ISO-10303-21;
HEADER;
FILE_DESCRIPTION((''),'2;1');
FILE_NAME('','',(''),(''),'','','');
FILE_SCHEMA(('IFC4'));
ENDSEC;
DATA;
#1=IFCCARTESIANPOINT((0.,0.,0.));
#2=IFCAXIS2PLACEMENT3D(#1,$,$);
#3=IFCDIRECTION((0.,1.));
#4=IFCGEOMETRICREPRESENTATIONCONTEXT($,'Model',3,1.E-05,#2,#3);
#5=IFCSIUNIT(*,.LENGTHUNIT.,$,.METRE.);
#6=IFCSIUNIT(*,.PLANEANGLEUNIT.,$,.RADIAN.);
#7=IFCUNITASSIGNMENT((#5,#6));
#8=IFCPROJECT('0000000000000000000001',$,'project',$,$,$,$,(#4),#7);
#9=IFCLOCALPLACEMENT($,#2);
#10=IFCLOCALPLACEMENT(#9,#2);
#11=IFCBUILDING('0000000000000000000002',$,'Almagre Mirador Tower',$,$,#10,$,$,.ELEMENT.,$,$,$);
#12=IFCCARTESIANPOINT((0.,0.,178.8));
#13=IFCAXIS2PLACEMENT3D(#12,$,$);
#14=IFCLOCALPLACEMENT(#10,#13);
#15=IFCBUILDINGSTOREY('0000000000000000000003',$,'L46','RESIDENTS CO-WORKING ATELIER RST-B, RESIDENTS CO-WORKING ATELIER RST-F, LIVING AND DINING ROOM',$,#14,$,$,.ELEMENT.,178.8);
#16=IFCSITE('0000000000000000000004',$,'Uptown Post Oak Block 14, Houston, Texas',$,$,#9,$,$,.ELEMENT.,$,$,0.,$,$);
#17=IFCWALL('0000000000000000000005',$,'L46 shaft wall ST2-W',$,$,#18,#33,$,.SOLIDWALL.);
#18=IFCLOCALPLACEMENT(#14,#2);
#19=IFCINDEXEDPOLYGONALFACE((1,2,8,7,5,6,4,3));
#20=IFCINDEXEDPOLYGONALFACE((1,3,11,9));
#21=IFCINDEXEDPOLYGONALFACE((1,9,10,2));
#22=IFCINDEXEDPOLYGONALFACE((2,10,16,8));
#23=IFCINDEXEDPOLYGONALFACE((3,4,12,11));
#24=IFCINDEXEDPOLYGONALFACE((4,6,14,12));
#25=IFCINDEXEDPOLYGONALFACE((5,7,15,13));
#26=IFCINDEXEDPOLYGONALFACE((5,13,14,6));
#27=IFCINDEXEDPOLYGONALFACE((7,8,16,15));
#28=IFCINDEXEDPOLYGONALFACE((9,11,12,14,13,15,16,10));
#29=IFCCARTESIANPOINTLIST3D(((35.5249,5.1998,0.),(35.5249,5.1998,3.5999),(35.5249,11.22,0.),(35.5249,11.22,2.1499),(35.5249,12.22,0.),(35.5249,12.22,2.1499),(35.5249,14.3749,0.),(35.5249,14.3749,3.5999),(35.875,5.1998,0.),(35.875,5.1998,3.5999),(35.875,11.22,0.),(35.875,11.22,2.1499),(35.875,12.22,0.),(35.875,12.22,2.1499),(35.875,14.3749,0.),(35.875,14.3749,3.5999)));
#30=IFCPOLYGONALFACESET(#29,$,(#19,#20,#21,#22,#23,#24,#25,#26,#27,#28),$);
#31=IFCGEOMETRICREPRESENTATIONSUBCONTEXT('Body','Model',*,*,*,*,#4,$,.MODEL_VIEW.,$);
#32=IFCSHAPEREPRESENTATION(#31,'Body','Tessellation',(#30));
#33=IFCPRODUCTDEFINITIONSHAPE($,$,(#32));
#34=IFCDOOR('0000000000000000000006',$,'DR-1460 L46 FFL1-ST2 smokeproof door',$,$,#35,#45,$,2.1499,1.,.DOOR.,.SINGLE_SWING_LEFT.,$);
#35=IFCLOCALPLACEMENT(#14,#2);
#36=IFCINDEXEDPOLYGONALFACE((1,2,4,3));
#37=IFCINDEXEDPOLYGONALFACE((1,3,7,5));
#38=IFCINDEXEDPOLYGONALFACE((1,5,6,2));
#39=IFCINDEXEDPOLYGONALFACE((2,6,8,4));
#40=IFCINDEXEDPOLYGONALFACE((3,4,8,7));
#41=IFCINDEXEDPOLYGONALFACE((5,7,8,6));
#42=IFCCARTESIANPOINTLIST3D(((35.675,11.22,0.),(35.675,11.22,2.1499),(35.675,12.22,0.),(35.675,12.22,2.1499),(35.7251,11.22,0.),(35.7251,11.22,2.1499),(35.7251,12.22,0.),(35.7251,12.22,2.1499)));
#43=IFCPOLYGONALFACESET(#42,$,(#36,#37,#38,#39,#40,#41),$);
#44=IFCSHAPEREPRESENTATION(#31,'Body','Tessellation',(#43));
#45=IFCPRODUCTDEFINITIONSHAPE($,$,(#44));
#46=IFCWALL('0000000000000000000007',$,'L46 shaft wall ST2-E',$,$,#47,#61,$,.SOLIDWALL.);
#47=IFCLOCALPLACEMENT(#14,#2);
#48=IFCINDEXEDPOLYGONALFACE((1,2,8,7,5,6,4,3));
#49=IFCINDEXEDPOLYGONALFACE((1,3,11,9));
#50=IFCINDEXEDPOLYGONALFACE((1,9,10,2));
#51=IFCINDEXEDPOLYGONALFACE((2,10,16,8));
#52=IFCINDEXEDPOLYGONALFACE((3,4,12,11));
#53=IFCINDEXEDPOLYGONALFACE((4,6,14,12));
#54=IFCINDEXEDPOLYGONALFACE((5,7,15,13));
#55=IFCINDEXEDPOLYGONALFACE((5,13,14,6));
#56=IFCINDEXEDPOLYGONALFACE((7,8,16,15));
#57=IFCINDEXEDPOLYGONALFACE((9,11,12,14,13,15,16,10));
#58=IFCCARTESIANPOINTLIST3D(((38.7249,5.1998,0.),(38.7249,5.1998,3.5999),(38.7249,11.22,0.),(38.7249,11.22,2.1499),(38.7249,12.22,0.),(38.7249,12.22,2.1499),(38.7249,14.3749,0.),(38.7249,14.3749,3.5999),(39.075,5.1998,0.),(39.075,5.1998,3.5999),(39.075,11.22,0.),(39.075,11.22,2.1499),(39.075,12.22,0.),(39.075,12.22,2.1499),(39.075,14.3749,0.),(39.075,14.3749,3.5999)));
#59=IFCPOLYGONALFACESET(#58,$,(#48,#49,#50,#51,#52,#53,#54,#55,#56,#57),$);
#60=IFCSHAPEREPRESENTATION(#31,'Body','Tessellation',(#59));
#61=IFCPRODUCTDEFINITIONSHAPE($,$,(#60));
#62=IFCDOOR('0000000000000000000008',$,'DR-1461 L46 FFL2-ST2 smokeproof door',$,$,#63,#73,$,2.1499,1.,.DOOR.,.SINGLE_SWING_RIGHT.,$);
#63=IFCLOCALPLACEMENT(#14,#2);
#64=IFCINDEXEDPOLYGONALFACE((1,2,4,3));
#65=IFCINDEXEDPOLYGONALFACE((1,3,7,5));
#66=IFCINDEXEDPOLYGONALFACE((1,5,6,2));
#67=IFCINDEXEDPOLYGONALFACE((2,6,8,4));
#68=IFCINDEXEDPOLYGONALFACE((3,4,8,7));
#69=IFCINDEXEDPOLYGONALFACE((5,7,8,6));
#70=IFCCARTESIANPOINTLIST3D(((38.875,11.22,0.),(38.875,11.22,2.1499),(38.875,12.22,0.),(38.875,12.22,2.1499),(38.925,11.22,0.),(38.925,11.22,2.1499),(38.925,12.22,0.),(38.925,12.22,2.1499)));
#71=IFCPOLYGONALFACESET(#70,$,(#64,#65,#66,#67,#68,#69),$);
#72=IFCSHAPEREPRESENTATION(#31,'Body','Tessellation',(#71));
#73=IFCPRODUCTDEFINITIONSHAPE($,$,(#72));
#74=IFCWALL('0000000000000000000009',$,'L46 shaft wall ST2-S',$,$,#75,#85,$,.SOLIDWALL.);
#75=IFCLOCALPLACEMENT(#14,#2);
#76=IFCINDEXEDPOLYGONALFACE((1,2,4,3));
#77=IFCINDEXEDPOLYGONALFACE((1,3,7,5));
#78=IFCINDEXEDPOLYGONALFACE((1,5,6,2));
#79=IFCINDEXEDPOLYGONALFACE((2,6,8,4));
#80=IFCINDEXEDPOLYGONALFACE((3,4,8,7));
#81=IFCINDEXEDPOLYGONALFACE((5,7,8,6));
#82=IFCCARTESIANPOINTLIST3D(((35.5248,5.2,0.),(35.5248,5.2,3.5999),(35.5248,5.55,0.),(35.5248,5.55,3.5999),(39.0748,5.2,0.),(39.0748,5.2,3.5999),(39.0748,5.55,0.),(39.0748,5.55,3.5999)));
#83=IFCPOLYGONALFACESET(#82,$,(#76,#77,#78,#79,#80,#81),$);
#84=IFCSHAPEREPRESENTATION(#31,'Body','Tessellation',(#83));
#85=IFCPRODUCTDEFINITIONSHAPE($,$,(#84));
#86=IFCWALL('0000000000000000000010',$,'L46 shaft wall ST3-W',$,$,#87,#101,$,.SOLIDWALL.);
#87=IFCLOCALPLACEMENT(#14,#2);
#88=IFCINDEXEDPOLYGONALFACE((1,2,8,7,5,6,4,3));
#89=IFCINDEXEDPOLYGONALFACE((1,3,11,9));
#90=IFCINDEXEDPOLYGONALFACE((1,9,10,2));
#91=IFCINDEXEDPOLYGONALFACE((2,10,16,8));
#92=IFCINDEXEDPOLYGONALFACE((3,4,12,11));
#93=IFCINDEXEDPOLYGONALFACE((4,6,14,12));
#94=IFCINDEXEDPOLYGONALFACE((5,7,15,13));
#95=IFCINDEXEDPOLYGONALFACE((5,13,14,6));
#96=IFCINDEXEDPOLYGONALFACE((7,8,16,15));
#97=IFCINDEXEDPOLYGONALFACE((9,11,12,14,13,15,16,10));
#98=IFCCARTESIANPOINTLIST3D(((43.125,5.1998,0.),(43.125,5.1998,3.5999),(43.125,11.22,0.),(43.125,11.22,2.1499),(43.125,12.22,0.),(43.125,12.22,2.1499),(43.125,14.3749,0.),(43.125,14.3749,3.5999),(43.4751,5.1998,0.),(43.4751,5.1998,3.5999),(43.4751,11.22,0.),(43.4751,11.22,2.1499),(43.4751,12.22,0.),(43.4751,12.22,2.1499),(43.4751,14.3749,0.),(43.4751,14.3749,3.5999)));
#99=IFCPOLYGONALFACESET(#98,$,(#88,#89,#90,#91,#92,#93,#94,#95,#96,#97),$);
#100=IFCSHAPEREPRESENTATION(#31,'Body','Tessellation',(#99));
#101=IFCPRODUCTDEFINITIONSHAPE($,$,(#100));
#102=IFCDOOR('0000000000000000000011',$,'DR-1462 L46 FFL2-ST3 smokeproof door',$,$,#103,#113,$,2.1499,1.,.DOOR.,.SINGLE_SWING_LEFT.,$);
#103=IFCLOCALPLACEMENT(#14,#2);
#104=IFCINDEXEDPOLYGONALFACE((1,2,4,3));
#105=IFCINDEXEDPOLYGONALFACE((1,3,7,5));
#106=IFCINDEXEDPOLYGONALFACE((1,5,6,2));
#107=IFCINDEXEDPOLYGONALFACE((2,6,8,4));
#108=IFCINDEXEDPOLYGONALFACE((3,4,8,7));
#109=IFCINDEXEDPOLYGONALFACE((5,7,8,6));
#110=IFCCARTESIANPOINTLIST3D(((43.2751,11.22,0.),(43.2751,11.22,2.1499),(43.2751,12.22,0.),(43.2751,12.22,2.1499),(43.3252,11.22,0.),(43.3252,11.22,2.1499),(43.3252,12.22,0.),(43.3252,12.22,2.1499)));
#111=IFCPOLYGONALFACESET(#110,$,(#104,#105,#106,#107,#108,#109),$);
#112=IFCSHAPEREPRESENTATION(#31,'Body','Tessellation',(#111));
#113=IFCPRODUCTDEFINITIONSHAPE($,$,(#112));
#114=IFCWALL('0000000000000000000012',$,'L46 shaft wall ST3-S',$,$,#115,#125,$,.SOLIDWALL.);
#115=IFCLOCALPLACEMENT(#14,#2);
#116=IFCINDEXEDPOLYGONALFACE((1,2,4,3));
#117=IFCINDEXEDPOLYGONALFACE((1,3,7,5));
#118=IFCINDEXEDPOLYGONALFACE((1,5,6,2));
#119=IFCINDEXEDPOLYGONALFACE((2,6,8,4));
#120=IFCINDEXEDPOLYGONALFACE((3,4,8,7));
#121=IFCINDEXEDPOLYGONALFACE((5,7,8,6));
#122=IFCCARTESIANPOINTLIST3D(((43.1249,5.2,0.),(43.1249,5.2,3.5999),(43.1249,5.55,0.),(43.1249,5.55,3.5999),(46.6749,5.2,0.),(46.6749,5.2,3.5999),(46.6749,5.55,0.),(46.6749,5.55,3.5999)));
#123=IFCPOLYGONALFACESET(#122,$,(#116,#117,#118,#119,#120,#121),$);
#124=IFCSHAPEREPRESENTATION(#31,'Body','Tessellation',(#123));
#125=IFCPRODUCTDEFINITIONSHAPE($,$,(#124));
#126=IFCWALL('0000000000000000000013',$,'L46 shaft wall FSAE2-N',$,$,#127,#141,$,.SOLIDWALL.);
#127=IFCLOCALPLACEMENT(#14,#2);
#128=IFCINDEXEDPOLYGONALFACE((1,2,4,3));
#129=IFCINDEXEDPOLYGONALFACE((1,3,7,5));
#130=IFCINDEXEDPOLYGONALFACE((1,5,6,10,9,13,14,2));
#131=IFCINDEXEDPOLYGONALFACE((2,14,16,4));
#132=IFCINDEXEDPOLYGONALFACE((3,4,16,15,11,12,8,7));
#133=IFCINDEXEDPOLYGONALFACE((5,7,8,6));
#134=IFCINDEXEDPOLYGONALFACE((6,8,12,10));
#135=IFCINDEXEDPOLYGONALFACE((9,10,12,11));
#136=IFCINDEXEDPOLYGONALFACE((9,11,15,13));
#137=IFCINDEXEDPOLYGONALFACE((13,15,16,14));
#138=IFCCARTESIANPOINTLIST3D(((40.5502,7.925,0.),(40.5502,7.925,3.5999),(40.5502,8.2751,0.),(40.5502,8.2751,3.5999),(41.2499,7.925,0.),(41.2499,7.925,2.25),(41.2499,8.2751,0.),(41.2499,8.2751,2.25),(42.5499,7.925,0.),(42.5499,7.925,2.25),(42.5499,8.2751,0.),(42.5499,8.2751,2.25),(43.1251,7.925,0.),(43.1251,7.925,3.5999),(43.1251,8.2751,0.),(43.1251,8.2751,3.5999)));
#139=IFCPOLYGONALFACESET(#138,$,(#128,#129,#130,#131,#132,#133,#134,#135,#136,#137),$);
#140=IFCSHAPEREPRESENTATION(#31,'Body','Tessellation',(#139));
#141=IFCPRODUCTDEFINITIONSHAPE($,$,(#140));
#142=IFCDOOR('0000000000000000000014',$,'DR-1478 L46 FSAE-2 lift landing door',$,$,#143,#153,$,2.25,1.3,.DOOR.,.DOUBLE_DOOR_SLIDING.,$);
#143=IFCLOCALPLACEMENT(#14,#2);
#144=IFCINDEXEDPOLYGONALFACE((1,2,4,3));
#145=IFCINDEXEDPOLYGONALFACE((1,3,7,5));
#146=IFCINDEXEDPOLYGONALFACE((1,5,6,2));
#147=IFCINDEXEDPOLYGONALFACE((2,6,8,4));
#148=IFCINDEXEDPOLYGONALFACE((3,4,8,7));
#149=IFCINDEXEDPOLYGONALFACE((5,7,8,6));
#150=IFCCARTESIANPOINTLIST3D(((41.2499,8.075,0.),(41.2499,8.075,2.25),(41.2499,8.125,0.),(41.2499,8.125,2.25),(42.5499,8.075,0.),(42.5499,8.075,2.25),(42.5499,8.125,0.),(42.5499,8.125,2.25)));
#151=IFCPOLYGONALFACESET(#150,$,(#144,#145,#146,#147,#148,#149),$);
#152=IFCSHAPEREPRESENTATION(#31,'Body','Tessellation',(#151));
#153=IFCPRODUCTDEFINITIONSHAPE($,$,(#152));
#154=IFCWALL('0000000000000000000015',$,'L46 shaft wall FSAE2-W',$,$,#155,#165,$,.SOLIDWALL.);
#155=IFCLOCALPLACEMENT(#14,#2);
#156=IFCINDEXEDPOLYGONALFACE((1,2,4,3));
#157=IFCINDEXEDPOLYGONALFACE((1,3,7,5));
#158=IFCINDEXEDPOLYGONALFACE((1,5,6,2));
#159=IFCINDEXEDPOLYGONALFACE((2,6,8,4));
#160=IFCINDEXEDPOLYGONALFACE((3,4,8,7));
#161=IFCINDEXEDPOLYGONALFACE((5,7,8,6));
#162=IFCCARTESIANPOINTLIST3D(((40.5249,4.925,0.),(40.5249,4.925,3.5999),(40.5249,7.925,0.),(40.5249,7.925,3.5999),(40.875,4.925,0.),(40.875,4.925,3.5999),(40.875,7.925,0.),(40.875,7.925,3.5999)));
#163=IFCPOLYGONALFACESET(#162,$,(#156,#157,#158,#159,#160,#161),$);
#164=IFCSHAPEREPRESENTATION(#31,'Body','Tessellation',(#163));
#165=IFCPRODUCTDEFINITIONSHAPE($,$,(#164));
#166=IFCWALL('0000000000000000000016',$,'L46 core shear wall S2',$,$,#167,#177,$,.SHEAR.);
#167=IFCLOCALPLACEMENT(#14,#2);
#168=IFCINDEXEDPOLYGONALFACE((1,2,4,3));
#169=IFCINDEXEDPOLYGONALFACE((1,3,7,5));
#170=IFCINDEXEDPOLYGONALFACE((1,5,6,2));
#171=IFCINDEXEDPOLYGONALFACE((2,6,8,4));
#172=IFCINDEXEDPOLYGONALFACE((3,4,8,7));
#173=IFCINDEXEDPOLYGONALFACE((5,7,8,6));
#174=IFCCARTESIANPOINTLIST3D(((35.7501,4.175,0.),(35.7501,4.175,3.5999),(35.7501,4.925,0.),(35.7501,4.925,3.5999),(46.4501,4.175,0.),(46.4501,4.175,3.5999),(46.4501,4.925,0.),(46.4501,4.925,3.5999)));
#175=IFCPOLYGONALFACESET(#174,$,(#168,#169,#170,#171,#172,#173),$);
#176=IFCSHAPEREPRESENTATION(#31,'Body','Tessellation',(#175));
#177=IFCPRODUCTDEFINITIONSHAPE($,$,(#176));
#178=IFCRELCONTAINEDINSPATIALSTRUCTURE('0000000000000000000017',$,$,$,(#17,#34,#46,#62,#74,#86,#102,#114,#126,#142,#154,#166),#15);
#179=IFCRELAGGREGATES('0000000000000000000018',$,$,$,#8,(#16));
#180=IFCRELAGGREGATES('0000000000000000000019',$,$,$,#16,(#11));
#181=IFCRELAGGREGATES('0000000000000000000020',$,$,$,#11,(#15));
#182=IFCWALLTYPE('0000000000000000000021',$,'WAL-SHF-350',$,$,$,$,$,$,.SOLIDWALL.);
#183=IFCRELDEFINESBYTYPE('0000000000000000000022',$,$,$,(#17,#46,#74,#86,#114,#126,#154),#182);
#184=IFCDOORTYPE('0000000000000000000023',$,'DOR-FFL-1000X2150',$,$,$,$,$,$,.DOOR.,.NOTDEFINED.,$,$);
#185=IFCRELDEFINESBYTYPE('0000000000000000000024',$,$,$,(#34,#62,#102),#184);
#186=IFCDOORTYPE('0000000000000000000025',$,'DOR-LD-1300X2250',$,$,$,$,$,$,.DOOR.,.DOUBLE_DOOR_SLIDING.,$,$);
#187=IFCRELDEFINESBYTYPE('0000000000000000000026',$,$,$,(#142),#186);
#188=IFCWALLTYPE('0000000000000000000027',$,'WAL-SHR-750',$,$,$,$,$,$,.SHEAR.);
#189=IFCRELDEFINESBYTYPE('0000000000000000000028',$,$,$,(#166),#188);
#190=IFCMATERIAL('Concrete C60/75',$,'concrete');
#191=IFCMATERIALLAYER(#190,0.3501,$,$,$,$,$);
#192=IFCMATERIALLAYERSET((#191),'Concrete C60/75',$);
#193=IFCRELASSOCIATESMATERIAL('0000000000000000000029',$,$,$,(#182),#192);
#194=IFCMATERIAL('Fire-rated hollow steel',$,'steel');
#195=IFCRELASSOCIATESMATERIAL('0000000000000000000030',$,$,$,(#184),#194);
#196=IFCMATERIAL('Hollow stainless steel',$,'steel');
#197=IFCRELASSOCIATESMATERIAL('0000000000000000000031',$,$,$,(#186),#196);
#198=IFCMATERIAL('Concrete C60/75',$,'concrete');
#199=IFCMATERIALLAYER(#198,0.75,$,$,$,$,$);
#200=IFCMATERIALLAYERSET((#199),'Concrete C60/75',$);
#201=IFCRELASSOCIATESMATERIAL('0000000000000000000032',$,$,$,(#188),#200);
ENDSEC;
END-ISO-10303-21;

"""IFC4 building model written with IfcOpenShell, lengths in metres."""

from ifc_helpers import new_model, si_unit, direction, frame, frame_2d, origin, place, context, subcontext, project, spatial, rectangle, extrude, material, layer, layer_set, type_object, element, fill, save


model = new_model("IFC4")

# Units and contexts
model_context = context("Model", 3, precision=1e-05, world=origin(), true_north=direction((0.0, 1.0)))
body_context = subcontext(model_context, "Body", "Model", "MODEL_VIEW")
ifc_project = project(units=[si_unit("LENGTHUNIT", "METRE"), si_unit("PLANEANGLEUNIT", "RADIAN")], contexts=[model_context])

# Site, building, storey
site_placement = place(None, origin())
site = spatial("IfcSite", under=ifc_project, at=site_placement, Name="Uptown Post Oak Block 14, Houston, Texas", CompositionType="ELEMENT", RefElevation=0.0)
building_placement = place(site_placement, origin())
building = spatial("IfcBuilding", under=site, at=building_placement, Name="Almagre Mirador Tower", CompositionType="ELEMENT")
storey_placement = place(building_placement, frame((0.0, 0.0, 178.8)))
storey = spatial("IfcBuildingStorey", under=building, at=storey_placement, Name="L46", Description="RESIDENTS CO-WORKING ATELIER RST-B, RESIDENTS CO-WORKING ATELIER RST-F, LIVING AND DINING ROOM", CompositionType="ELEMENT", Elevation=178.8)

# Walls, openings, doors
ifc_material_1 = material(Name="Concrete C60/75", Category="concrete")
ifc_layer_1 = layer(ifc_material_1, 0.3501)
ifc_layer_set_1 = layer_set([ifc_layer_1], Name="Concrete C60/75")
wall_type_1 = type_object("IfcWallType", Name="WAL-SHF-350", PredefinedType="SOLIDWALL", material=ifc_layer_set_1)
wall_1_placement = place(storey_placement, frame((35.7, 5.2, 0.0), z_axis=(0.0, 0.0, 1.0), x_axis=(0.0, 1.0, 0.0)))
wall_1 = element("IfcWall", 1, at=wall_1_placement, inside=storey, type_object=wall_type_1, Name="L46 shaft wall ST2-W", PredefinedType="SOLIDWALL", context=body_context, shape_type="SweptSolid", body=[
    extrude(rectangle(XDim=9.175, YDim=0.3501, at=frame_2d((4.5874, 0.0))), origin(), (0.0, 0.0, 1.0), 3.5999),
])
opening_1_placement = place(wall_1_placement, frame((6.02, 0.0, 0.0)))
opening_1 = element("IfcOpeningElement", 2, at=opening_1_placement, cuts=wall_1, PredefinedType="OPENING", context=body_context, shape_type="SweptSolid", body=[
    extrude(rectangle(XDim=1.0, YDim=2.1499, at=frame_2d((0.5, 1.075))), frame((0.0, 0.185, 0.0), z_axis=(0.0, -1.0, 0.0), x_axis=(1.0, 0.0, 0.0)), (0.0, 0.0, 1.0), 0.3701),
])
ifc_material_2 = material(Name="Fire-rated hollow steel", Category="steel")
door_type_1 = type_object("IfcDoorType", Name="DOR-FFL-1000X2150", OperationType="NOTDEFINED", PredefinedType="DOOR", material=ifc_material_2)
door_1_placement = place(opening_1_placement, origin())
door_1 = element("IfcDoor", 3, at=door_1_placement, inside=storey, type_object=door_type_1, Name="DR-1460 L46 FFL1-ST2 smokeproof door", OperationType="SINGLE_SWING_LEFT", OverallHeight=2.1499, OverallWidth=1.0, PredefinedType="DOOR", context=body_context, shape_type="SweptSolid", body=[
    extrude(rectangle(XDim=1.0, YDim=2.1499, at=frame_2d((0.5, 1.075))), frame((0.0, 0.0249, 0.0), z_axis=(0.0, -1.0, 0.0), x_axis=(1.0, 0.0, 0.0)), (0.0, 0.0, 1.0), 0.05),
])
fill(opening_1, door_1)
wall_2_placement = place(storey_placement, frame((38.8999, 5.2, 0.0), z_axis=(0.0, 0.0, 1.0), x_axis=(0.0, 1.0, 0.0)))
wall_2 = element("IfcWall", 4, at=wall_2_placement, inside=storey, type_object=wall_type_1, Name="L46 shaft wall ST2-E", PredefinedType="SOLIDWALL", context=body_context, shape_type="SweptSolid", body=[
    extrude(rectangle(XDim=9.175, YDim=0.3501, at=frame_2d((4.5874, 0.0))), origin(), (0.0, 0.0, 1.0), 3.5999),
])
opening_2_placement = place(wall_2_placement, frame((6.02, 0.0, 0.0)))
opening_2 = element("IfcOpeningElement", 5, at=opening_2_placement, cuts=wall_2, PredefinedType="OPENING", context=body_context, shape_type="SweptSolid", body=[
    extrude(rectangle(XDim=1.0, YDim=2.1499, at=frame_2d((0.5, 1.075))), frame((0.0, 0.185, 0.0), z_axis=(0.0, -1.0, 0.0), x_axis=(1.0, 0.0, 0.0)), (0.0, 0.0, 1.0), 0.3701),
])
door_2_placement = place(opening_2_placement, origin())
door_2 = element("IfcDoor", 6, at=door_2_placement, inside=storey, type_object=door_type_1, Name="DR-1461 L46 FFL2-ST2 smokeproof door", OperationType="SINGLE_SWING_RIGHT", OverallHeight=2.1499, OverallWidth=1.0, PredefinedType="DOOR", context=body_context, shape_type="SweptSolid", body=[
    extrude(rectangle(XDim=1.0, YDim=2.1499, at=frame_2d((0.5, 1.075))), frame((0.0, 0.0249, 0.0), z_axis=(0.0, -1.0, 0.0), x_axis=(1.0, 0.0, 0.0)), (0.0, 0.0, 1.0), 0.05),
])
fill(opening_2, door_2)

# Wall
wall_3_placement = place(storey_placement, frame((35.5249, 5.375, 0.0), z_axis=(0.0, 0.0, 1.0), x_axis=(1.0, 0.0, 0.0)))
element("IfcWall", 7, at=wall_3_placement, inside=storey, type_object=wall_type_1, Name="L46 shaft wall ST2-S", PredefinedType="SOLIDWALL", context=body_context, shape_type="SweptSolid", body=[
    extrude(rectangle(XDim=3.55, YDim=0.3501, at=frame_2d((1.7749, 0.0))), origin(), (0.0, 0.0, 1.0), 3.5999),
])

# Wall, opening, door
wall_4_placement = place(storey_placement, frame((43.3, 5.2, 0.0), z_axis=(0.0, 0.0, 1.0), x_axis=(0.0, 1.0, 0.0)))
wall_4 = element("IfcWall", 8, at=wall_4_placement, inside=storey, type_object=wall_type_1, Name="L46 shaft wall ST3-W", PredefinedType="SOLIDWALL", context=body_context, shape_type="SweptSolid", body=[
    extrude(rectangle(XDim=9.175, YDim=0.3501, at=frame_2d((4.5874, 0.0))), origin(), (0.0, 0.0, 1.0), 3.5999),
])
opening_3_placement = place(wall_4_placement, frame((6.02, 0.0, 0.0)))
opening_3 = element("IfcOpeningElement", 9, at=opening_3_placement, cuts=wall_4, PredefinedType="OPENING", context=body_context, shape_type="SweptSolid", body=[
    extrude(rectangle(XDim=1.0, YDim=2.1499, at=frame_2d((0.5, 1.075))), frame((0.0, 0.185, 0.0), z_axis=(0.0, -1.0, 0.0), x_axis=(1.0, 0.0, 0.0)), (0.0, 0.0, 1.0), 0.3701),
])
door_3_placement = place(opening_3_placement, origin())
door_3 = element("IfcDoor", 10, at=door_3_placement, inside=storey, type_object=door_type_1, Name="DR-1462 L46 FFL2-ST3 smokeproof door", OperationType="SINGLE_SWING_LEFT", OverallHeight=2.1499, OverallWidth=1.0, PredefinedType="DOOR", context=body_context, shape_type="SweptSolid", body=[
    extrude(rectangle(XDim=1.0, YDim=2.1499, at=frame_2d((0.5, 1.075))), frame((0.0, 0.0249, 0.0), z_axis=(0.0, -1.0, 0.0), x_axis=(1.0, 0.0, 0.0)), (0.0, 0.0, 1.0), 0.05),
])
fill(opening_3, door_3)

# Wall
wall_5_placement = place(storey_placement, frame((43.125, 5.375, 0.0), z_axis=(0.0, 0.0, 1.0), x_axis=(1.0, 0.0, 0.0)))
element("IfcWall", 11, at=wall_5_placement, inside=storey, type_object=wall_type_1, Name="L46 shaft wall ST3-S", PredefinedType="SOLIDWALL", context=body_context, shape_type="SweptSolid", body=[
    extrude(rectangle(XDim=3.55, YDim=0.3501, at=frame_2d((1.7749, 0.0))), origin(), (0.0, 0.0, 1.0), 3.5999),
])

# Wall, opening, door
wall_6_placement = place(storey_placement, frame((40.55, 8.1001, 0.0), z_axis=(0.0, 0.0, 1.0), x_axis=(1.0, 0.0, 0.0)))
wall_6 = element("IfcWall", 12, at=wall_6_placement, inside=storey, type_object=wall_type_1, Name="L46 shaft wall FSAE2-N", PredefinedType="SOLIDWALL", context=body_context, shape_type="SweptSolid", body=[
    extrude(rectangle(XDim=2.575, YDim=0.3501, at=frame_2d((1.2876, 0.0))), origin(), (0.0, 0.0, 1.0), 3.5999),
])
opening_4_placement = place(wall_6_placement, frame((0.7, 0.0, 0.0)))
opening_4 = element("IfcOpeningElement", 13, at=opening_4_placement, cuts=wall_6, PredefinedType="OPENING", context=body_context, shape_type="SweptSolid", body=[
    extrude(rectangle(XDim=1.3, YDim=2.25, at=frame_2d((0.6499, 1.125))), frame((0.0, 0.185, 0.0), z_axis=(0.0, -1.0, 0.0), x_axis=(1.0, 0.0, 0.0)), (0.0, 0.0, 1.0), 0.3701),
])
ifc_material_3 = material(Name="Hollow stainless steel", Category="steel")
door_type_2 = type_object("IfcDoorType", Name="DOR-LD-1300X2250", OperationType="DOUBLE_DOOR_SLIDING", PredefinedType="DOOR", material=ifc_material_3)
door_4_placement = place(opening_4_placement, origin())
door_4 = element("IfcDoor", 14, at=door_4_placement, inside=storey, type_object=door_type_2, Name="DR-1478 L46 FSAE-2 lift landing door", OperationType="DOUBLE_DOOR_SLIDING", OverallHeight=2.25, OverallWidth=1.3, PredefinedType="DOOR", context=body_context, shape_type="SweptSolid", body=[
    extrude(rectangle(XDim=1.3, YDim=2.25, at=frame_2d((0.6499, 1.125))), frame((0.0, 0.0249, 0.0), z_axis=(0.0, -1.0, 0.0), x_axis=(1.0, 0.0, 0.0)), (0.0, 0.0, 1.0), 0.05),
])
fill(opening_4, door_4)

# Walls
wall_7_placement = place(storey_placement, frame((40.7, 4.925, 0.0), z_axis=(0.0, 0.0, 1.0), x_axis=(0.0, 1.0, 0.0)))
element("IfcWall", 15, at=wall_7_placement, inside=storey, type_object=wall_type_1, Name="L46 shaft wall FSAE2-W", PredefinedType="SOLIDWALL", context=body_context, shape_type="SweptSolid", body=[
    extrude(rectangle(XDim=3.0, YDim=0.3501, at=frame_2d((1.5, 0.0))), origin(), (0.0, 0.0, 1.0), 3.5999),
])
ifc_material_4 = material(Name="Concrete C60/75", Category="concrete")
ifc_layer_2 = layer(ifc_material_4, 0.75)
ifc_layer_set_2 = layer_set([ifc_layer_2], Name="Concrete C60/75")
wall_type_2 = type_object("IfcWallType", Name="WAL-SHR-750", PredefinedType="SHEAR", material=ifc_layer_set_2)
wall_8_placement = place(storey_placement, frame((35.75, 4.55, 0.0), z_axis=(0.0, 0.0, 1.0), x_axis=(1.0, 0.0, 0.0)))
element("IfcWall", 16, at=wall_8_placement, inside=storey, type_object=wall_type_2, Name="L46 core shear wall S2", PredefinedType="SHEAR", context=body_context, shape_type="SweptSolid", body=[
    extrude(rectangle(XDim=10.7, YDim=0.75, at=frame_2d((5.3501, 0.0))), origin(), (0.0, 0.0, 1.0), 3.5999),
])

save(model, "model.ifc")
